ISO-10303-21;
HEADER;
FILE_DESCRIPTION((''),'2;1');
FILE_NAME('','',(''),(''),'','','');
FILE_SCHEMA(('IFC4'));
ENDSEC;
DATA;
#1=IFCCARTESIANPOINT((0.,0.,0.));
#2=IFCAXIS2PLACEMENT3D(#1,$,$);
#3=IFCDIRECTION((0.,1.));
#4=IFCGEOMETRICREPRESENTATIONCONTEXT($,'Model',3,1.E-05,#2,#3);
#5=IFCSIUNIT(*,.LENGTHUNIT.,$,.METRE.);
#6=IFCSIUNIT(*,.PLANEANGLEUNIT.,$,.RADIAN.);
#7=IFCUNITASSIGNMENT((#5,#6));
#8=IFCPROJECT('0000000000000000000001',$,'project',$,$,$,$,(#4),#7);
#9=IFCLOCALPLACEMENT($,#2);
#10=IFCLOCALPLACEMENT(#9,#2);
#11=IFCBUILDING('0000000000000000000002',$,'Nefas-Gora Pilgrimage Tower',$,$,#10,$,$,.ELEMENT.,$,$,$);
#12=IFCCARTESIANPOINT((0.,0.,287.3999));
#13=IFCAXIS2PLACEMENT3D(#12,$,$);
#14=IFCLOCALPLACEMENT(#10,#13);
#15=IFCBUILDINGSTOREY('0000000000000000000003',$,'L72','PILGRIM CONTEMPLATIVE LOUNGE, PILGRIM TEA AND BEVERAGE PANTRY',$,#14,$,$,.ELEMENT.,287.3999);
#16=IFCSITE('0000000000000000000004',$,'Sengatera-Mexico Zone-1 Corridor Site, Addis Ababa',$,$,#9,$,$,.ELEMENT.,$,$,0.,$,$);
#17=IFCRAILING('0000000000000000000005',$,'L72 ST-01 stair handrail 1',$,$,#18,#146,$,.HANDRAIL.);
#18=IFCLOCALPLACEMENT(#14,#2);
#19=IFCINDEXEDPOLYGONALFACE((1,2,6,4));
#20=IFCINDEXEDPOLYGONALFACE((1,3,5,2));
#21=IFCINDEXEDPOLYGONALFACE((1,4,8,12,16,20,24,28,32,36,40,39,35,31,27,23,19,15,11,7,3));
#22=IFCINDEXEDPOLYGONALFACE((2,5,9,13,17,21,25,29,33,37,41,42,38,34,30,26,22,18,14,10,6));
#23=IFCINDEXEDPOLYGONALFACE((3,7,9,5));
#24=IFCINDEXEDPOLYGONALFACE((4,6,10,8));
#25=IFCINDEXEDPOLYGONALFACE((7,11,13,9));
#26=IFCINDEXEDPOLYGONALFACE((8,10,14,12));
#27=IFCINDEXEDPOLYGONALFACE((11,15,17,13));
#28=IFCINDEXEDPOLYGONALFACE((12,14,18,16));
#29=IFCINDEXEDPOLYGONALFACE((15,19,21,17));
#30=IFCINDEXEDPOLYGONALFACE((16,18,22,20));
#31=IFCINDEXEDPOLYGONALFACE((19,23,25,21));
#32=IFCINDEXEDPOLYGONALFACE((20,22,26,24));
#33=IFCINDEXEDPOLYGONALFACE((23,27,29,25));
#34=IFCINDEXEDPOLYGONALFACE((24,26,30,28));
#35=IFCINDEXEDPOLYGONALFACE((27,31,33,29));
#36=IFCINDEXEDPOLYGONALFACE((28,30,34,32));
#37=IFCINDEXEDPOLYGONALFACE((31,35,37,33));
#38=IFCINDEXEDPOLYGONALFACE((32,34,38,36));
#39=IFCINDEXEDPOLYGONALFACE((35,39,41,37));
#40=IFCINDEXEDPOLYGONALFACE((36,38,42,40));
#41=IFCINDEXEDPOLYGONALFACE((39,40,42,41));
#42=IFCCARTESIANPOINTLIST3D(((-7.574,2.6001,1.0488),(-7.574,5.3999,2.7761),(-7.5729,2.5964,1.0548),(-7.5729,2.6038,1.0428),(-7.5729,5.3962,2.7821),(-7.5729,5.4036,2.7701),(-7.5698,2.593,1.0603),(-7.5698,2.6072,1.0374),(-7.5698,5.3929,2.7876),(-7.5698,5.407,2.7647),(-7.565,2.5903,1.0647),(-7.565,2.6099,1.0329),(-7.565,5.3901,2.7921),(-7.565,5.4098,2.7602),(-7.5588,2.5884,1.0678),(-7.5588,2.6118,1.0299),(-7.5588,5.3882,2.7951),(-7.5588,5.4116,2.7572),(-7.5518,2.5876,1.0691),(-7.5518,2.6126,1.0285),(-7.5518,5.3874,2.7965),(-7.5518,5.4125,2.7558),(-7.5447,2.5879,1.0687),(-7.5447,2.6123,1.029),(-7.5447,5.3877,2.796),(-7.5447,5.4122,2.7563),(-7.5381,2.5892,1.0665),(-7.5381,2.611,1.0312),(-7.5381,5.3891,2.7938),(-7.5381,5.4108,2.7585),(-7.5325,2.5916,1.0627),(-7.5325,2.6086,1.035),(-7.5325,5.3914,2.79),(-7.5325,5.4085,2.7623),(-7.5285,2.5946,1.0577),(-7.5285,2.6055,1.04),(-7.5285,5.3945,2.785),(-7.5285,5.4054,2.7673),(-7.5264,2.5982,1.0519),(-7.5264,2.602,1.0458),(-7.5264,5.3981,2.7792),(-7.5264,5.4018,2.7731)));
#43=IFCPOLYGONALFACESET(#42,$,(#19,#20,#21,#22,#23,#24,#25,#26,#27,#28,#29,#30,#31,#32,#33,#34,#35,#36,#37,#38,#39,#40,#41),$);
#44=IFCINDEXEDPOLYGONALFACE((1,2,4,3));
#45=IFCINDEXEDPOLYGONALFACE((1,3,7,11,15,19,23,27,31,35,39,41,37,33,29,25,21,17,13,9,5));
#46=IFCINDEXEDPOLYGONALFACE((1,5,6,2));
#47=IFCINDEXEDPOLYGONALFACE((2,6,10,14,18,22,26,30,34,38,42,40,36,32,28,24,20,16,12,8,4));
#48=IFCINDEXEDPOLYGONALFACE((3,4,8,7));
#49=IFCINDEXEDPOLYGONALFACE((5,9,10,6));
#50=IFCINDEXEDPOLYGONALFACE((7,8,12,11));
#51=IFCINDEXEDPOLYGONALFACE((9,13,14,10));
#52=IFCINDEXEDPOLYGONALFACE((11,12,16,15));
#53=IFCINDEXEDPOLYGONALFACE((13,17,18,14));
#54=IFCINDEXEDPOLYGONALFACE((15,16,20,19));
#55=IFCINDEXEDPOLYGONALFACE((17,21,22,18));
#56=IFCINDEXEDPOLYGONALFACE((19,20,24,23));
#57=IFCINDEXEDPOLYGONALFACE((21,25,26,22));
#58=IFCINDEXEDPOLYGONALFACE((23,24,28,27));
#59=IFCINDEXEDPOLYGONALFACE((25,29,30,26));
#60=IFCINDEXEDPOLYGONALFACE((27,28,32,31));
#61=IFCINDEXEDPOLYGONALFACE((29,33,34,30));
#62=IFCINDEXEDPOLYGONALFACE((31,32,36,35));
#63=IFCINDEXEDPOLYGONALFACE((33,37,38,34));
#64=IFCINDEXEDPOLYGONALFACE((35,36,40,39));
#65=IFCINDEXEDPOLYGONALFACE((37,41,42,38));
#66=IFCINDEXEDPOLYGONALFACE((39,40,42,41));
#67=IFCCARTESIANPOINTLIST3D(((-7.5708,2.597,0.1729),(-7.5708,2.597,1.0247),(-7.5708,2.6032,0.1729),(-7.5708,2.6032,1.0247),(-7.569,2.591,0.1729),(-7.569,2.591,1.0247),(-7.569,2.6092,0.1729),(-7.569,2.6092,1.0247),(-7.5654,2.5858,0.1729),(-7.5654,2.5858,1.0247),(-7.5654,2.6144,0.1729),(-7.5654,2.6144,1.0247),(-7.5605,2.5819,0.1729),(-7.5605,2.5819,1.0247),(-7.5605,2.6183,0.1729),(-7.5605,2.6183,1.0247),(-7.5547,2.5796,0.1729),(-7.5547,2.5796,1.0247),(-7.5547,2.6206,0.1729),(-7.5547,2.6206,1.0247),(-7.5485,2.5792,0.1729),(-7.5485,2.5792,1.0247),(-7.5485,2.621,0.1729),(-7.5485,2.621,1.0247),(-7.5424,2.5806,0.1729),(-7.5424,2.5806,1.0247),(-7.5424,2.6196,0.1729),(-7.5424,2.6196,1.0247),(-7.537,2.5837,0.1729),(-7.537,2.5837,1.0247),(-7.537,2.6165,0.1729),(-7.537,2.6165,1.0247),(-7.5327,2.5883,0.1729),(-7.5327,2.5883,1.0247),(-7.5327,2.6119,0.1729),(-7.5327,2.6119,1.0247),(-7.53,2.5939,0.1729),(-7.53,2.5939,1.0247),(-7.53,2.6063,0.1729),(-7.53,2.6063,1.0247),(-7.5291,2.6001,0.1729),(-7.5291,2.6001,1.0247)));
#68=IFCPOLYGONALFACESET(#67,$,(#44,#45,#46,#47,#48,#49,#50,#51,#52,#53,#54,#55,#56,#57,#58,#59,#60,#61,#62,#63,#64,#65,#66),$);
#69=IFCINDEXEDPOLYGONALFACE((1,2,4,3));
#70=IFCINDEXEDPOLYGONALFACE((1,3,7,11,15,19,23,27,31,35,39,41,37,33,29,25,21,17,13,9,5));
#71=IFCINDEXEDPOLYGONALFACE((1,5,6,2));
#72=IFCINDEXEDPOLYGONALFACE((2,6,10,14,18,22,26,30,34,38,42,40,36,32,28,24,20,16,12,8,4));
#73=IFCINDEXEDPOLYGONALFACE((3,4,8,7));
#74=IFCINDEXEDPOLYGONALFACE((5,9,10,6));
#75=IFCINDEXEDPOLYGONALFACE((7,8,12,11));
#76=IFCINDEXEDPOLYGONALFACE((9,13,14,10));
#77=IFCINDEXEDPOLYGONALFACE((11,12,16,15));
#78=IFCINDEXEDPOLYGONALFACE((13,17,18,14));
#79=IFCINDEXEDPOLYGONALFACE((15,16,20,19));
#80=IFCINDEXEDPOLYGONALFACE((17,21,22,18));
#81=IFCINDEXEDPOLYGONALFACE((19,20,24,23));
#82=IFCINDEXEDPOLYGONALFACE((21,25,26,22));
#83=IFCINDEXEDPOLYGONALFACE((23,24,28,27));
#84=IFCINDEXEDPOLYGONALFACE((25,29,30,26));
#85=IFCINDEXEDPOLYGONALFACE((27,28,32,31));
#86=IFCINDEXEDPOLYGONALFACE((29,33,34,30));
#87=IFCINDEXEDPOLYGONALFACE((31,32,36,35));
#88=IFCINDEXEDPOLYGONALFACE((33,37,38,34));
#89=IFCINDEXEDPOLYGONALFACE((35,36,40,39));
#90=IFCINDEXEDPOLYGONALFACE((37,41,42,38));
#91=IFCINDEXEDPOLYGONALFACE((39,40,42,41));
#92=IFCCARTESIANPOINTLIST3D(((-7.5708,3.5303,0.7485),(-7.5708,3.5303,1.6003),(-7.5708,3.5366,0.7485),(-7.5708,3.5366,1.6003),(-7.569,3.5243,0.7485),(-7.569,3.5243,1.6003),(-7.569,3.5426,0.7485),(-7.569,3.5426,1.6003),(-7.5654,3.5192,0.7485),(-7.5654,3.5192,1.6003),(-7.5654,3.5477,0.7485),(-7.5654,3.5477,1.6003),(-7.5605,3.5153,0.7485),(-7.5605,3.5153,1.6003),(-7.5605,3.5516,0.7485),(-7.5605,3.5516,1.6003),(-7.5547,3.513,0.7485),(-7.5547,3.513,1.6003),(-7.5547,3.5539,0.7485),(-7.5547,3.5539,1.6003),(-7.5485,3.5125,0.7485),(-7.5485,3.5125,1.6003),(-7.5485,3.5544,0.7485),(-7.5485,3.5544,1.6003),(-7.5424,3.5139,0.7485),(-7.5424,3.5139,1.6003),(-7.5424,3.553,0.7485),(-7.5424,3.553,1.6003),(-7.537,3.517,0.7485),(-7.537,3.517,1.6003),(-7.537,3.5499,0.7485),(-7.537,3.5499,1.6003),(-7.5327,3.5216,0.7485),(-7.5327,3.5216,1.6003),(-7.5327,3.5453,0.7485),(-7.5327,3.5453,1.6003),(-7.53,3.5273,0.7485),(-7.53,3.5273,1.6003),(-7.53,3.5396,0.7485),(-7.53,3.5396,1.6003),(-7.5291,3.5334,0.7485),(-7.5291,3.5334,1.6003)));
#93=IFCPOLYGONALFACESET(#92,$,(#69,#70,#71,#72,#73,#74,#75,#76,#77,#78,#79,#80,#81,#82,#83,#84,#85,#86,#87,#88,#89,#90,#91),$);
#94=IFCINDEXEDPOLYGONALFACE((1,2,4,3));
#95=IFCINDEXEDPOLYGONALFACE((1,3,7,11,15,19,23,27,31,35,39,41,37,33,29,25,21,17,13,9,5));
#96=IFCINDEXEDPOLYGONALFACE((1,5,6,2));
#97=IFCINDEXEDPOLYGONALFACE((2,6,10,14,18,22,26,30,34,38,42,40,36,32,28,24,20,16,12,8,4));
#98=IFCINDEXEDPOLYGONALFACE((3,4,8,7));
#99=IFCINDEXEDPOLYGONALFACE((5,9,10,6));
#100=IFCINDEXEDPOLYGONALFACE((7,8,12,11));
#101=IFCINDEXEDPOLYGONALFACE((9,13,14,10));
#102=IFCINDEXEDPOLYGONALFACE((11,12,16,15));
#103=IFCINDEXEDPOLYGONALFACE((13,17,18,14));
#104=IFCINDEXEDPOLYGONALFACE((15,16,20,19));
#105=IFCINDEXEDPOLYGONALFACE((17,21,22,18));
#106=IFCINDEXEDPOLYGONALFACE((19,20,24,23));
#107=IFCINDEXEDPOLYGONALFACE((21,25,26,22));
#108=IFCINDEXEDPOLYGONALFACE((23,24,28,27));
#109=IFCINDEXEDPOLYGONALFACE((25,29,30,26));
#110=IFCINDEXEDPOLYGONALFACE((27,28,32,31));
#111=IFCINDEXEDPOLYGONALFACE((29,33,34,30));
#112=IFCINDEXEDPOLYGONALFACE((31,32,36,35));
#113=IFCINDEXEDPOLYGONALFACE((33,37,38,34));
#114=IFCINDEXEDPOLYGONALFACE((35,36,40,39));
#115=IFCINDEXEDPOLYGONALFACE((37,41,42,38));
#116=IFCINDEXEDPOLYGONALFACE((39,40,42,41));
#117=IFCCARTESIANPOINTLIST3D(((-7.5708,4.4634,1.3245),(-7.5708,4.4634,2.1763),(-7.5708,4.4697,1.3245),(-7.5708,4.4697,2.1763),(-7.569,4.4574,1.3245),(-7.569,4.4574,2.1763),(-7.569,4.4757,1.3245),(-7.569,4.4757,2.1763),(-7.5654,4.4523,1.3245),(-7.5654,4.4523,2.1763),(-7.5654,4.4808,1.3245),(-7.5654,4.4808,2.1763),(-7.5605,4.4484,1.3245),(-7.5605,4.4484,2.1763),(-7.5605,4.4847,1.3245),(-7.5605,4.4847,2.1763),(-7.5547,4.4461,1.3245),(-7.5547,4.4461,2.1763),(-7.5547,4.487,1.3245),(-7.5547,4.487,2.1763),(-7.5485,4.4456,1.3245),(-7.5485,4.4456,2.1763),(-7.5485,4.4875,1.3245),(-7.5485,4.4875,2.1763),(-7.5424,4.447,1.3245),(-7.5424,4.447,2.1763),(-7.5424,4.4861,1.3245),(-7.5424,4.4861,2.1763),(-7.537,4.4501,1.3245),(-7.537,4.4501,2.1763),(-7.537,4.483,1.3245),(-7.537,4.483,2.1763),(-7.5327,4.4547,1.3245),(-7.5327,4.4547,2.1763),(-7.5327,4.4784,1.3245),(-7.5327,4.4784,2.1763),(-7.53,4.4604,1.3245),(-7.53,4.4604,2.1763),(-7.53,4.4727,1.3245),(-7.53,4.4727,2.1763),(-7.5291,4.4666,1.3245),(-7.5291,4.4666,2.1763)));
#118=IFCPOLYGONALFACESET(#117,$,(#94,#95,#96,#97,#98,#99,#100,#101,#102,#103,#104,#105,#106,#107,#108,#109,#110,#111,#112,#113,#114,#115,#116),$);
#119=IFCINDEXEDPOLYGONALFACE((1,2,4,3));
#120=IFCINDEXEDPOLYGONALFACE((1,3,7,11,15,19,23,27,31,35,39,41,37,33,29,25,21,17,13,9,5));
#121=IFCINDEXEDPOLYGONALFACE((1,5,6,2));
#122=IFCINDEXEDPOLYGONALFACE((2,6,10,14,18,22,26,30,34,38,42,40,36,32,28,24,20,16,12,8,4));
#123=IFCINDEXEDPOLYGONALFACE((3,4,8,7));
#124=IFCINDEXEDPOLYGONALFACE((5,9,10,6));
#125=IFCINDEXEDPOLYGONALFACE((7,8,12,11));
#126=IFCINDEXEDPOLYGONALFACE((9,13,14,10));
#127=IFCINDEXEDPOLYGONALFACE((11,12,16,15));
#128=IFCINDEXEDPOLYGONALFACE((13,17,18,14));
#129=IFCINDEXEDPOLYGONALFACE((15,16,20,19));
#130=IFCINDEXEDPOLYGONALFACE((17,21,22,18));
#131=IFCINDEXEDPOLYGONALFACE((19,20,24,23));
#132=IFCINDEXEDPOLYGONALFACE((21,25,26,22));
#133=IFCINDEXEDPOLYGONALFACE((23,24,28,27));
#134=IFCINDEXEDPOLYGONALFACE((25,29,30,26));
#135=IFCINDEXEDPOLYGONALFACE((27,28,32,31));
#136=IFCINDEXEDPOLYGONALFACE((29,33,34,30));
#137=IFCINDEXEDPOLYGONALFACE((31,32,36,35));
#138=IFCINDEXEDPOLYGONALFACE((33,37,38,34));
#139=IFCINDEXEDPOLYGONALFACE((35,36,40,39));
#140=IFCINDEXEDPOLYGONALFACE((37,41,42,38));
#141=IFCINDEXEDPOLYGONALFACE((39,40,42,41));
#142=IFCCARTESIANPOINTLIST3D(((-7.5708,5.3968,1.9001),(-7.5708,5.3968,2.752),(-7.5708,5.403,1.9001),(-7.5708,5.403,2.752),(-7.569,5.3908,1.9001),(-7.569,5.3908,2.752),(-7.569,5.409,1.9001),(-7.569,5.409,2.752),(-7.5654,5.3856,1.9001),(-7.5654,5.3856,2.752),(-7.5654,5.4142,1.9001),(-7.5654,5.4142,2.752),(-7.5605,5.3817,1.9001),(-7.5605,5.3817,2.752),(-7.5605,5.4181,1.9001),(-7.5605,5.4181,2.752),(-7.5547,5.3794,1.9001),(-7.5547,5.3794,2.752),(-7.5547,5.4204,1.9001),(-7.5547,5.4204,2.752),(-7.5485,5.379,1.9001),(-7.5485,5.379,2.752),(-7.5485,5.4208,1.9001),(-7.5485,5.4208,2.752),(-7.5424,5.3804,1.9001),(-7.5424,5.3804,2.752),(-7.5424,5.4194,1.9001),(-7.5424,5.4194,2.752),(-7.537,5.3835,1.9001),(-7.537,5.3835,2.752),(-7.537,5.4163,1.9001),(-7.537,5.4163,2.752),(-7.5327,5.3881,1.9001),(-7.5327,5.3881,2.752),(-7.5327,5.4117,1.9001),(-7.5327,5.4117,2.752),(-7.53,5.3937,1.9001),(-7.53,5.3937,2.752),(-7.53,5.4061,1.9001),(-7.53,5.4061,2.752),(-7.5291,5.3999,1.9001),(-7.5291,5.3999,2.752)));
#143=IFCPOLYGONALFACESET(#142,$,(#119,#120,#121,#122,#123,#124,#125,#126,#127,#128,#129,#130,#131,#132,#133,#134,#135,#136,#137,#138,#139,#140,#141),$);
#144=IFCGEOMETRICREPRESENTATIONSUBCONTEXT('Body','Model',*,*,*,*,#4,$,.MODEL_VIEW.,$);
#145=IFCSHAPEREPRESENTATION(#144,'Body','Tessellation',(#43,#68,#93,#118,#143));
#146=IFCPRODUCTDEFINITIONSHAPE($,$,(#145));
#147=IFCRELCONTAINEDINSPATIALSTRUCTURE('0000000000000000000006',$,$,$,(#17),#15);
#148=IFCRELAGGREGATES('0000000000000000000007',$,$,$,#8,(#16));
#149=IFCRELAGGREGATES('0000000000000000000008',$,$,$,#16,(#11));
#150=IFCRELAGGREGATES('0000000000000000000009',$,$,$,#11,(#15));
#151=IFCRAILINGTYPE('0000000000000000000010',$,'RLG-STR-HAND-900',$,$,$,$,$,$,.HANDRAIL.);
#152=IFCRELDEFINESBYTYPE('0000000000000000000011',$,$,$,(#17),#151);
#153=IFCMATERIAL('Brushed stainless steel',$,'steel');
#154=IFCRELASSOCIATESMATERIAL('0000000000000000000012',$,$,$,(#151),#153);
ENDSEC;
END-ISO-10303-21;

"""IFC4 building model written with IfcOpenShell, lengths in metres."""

from ifc_helpers import new_model, si_unit, direction, frame, origin, origin_2d, place, context, subcontext, project, spatial, circle, extrude, material, type_object, element, save


model = new_model("IFC4")

# Units and contexts
model_context = context("Model", 3, precision=1e-05, world=origin(), true_north=direction((0.0, 1.0)))
body_context = subcontext(model_context, "Body", "Model", "MODEL_VIEW")
ifc_project = project(units=[si_unit("LENGTHUNIT", "METRE"), si_unit("PLANEANGLEUNIT", "RADIAN")], contexts=[model_context])

# Site, building, storey
site_placement = place(None, origin())
site = spatial("IfcSite", under=ifc_project, at=site_placement, Name="Sengatera-Mexico Zone-1 Corridor Site, Addis Ababa", CompositionType="ELEMENT", RefElevation=0.0)
building_placement = place(site_placement, origin())
building = spatial("IfcBuilding", under=site, at=building_placement, Name="Nefas-Gora Pilgrimage Tower", CompositionType="ELEMENT")
storey_placement = place(building_placement, frame((0.0, 0.0, 287.3999)))
storey = spatial("IfcBuildingStorey", under=building, at=storey_placement, Name="L72", Description="PILGRIM CONTEMPLATIVE LOUNGE, PILGRIM TEA AND BEVERAGE PANTRY", CompositionType="ELEMENT", Elevation=287.3999)

# Railing
ifc_material_1 = material(Name="Brushed stainless steel", Category="steel")
railing_type_1 = type_object("IfcRailingType", Name="RLG-STR-HAND-900", PredefinedType="HANDRAIL", material=ifc_material_1)
railing_1_placement = place(storey_placement, frame((-7.55, 2.6001, 0.1729)))
element("IfcRailing", 1, at=railing_1_placement, inside=storey, type_object=railing_type_1, Name="L72 ST-01 stair handrail 1", PredefinedType="HANDRAIL", context=body_context, shape_type="SweptSolid", body=[
    extrude(circle(Radius=0.0239, at=origin_2d()), frame((0.0, 0.0, 0.876), z_axis=(0.0, 0.851069, 0.525054), x_axis=(-1.0, 0.0, 0.0)), (0.0, 0.0, 1.0), 3.2898),
    extrude(circle(Radius=0.021, at=origin_2d()), origin(), (0.0, 0.0, 1.0), 0.8518),
    extrude(circle(Radius=0.021, at=origin_2d()), frame((0.0, 0.9333, 0.5757)), (0.0, 0.0, 1.0), 0.8518),
    extrude(circle(Radius=0.021, at=origin_2d()), frame((0.0, 1.8665, 1.1516)), (0.0, 0.0, 1.0), 0.8518),
    extrude(circle(Radius=0.021, at=origin_2d()), frame((0.0, 2.7998, 1.7273)), (0.0, 0.0, 1.0), 0.8518),
])

save(model, "model.ifc")
